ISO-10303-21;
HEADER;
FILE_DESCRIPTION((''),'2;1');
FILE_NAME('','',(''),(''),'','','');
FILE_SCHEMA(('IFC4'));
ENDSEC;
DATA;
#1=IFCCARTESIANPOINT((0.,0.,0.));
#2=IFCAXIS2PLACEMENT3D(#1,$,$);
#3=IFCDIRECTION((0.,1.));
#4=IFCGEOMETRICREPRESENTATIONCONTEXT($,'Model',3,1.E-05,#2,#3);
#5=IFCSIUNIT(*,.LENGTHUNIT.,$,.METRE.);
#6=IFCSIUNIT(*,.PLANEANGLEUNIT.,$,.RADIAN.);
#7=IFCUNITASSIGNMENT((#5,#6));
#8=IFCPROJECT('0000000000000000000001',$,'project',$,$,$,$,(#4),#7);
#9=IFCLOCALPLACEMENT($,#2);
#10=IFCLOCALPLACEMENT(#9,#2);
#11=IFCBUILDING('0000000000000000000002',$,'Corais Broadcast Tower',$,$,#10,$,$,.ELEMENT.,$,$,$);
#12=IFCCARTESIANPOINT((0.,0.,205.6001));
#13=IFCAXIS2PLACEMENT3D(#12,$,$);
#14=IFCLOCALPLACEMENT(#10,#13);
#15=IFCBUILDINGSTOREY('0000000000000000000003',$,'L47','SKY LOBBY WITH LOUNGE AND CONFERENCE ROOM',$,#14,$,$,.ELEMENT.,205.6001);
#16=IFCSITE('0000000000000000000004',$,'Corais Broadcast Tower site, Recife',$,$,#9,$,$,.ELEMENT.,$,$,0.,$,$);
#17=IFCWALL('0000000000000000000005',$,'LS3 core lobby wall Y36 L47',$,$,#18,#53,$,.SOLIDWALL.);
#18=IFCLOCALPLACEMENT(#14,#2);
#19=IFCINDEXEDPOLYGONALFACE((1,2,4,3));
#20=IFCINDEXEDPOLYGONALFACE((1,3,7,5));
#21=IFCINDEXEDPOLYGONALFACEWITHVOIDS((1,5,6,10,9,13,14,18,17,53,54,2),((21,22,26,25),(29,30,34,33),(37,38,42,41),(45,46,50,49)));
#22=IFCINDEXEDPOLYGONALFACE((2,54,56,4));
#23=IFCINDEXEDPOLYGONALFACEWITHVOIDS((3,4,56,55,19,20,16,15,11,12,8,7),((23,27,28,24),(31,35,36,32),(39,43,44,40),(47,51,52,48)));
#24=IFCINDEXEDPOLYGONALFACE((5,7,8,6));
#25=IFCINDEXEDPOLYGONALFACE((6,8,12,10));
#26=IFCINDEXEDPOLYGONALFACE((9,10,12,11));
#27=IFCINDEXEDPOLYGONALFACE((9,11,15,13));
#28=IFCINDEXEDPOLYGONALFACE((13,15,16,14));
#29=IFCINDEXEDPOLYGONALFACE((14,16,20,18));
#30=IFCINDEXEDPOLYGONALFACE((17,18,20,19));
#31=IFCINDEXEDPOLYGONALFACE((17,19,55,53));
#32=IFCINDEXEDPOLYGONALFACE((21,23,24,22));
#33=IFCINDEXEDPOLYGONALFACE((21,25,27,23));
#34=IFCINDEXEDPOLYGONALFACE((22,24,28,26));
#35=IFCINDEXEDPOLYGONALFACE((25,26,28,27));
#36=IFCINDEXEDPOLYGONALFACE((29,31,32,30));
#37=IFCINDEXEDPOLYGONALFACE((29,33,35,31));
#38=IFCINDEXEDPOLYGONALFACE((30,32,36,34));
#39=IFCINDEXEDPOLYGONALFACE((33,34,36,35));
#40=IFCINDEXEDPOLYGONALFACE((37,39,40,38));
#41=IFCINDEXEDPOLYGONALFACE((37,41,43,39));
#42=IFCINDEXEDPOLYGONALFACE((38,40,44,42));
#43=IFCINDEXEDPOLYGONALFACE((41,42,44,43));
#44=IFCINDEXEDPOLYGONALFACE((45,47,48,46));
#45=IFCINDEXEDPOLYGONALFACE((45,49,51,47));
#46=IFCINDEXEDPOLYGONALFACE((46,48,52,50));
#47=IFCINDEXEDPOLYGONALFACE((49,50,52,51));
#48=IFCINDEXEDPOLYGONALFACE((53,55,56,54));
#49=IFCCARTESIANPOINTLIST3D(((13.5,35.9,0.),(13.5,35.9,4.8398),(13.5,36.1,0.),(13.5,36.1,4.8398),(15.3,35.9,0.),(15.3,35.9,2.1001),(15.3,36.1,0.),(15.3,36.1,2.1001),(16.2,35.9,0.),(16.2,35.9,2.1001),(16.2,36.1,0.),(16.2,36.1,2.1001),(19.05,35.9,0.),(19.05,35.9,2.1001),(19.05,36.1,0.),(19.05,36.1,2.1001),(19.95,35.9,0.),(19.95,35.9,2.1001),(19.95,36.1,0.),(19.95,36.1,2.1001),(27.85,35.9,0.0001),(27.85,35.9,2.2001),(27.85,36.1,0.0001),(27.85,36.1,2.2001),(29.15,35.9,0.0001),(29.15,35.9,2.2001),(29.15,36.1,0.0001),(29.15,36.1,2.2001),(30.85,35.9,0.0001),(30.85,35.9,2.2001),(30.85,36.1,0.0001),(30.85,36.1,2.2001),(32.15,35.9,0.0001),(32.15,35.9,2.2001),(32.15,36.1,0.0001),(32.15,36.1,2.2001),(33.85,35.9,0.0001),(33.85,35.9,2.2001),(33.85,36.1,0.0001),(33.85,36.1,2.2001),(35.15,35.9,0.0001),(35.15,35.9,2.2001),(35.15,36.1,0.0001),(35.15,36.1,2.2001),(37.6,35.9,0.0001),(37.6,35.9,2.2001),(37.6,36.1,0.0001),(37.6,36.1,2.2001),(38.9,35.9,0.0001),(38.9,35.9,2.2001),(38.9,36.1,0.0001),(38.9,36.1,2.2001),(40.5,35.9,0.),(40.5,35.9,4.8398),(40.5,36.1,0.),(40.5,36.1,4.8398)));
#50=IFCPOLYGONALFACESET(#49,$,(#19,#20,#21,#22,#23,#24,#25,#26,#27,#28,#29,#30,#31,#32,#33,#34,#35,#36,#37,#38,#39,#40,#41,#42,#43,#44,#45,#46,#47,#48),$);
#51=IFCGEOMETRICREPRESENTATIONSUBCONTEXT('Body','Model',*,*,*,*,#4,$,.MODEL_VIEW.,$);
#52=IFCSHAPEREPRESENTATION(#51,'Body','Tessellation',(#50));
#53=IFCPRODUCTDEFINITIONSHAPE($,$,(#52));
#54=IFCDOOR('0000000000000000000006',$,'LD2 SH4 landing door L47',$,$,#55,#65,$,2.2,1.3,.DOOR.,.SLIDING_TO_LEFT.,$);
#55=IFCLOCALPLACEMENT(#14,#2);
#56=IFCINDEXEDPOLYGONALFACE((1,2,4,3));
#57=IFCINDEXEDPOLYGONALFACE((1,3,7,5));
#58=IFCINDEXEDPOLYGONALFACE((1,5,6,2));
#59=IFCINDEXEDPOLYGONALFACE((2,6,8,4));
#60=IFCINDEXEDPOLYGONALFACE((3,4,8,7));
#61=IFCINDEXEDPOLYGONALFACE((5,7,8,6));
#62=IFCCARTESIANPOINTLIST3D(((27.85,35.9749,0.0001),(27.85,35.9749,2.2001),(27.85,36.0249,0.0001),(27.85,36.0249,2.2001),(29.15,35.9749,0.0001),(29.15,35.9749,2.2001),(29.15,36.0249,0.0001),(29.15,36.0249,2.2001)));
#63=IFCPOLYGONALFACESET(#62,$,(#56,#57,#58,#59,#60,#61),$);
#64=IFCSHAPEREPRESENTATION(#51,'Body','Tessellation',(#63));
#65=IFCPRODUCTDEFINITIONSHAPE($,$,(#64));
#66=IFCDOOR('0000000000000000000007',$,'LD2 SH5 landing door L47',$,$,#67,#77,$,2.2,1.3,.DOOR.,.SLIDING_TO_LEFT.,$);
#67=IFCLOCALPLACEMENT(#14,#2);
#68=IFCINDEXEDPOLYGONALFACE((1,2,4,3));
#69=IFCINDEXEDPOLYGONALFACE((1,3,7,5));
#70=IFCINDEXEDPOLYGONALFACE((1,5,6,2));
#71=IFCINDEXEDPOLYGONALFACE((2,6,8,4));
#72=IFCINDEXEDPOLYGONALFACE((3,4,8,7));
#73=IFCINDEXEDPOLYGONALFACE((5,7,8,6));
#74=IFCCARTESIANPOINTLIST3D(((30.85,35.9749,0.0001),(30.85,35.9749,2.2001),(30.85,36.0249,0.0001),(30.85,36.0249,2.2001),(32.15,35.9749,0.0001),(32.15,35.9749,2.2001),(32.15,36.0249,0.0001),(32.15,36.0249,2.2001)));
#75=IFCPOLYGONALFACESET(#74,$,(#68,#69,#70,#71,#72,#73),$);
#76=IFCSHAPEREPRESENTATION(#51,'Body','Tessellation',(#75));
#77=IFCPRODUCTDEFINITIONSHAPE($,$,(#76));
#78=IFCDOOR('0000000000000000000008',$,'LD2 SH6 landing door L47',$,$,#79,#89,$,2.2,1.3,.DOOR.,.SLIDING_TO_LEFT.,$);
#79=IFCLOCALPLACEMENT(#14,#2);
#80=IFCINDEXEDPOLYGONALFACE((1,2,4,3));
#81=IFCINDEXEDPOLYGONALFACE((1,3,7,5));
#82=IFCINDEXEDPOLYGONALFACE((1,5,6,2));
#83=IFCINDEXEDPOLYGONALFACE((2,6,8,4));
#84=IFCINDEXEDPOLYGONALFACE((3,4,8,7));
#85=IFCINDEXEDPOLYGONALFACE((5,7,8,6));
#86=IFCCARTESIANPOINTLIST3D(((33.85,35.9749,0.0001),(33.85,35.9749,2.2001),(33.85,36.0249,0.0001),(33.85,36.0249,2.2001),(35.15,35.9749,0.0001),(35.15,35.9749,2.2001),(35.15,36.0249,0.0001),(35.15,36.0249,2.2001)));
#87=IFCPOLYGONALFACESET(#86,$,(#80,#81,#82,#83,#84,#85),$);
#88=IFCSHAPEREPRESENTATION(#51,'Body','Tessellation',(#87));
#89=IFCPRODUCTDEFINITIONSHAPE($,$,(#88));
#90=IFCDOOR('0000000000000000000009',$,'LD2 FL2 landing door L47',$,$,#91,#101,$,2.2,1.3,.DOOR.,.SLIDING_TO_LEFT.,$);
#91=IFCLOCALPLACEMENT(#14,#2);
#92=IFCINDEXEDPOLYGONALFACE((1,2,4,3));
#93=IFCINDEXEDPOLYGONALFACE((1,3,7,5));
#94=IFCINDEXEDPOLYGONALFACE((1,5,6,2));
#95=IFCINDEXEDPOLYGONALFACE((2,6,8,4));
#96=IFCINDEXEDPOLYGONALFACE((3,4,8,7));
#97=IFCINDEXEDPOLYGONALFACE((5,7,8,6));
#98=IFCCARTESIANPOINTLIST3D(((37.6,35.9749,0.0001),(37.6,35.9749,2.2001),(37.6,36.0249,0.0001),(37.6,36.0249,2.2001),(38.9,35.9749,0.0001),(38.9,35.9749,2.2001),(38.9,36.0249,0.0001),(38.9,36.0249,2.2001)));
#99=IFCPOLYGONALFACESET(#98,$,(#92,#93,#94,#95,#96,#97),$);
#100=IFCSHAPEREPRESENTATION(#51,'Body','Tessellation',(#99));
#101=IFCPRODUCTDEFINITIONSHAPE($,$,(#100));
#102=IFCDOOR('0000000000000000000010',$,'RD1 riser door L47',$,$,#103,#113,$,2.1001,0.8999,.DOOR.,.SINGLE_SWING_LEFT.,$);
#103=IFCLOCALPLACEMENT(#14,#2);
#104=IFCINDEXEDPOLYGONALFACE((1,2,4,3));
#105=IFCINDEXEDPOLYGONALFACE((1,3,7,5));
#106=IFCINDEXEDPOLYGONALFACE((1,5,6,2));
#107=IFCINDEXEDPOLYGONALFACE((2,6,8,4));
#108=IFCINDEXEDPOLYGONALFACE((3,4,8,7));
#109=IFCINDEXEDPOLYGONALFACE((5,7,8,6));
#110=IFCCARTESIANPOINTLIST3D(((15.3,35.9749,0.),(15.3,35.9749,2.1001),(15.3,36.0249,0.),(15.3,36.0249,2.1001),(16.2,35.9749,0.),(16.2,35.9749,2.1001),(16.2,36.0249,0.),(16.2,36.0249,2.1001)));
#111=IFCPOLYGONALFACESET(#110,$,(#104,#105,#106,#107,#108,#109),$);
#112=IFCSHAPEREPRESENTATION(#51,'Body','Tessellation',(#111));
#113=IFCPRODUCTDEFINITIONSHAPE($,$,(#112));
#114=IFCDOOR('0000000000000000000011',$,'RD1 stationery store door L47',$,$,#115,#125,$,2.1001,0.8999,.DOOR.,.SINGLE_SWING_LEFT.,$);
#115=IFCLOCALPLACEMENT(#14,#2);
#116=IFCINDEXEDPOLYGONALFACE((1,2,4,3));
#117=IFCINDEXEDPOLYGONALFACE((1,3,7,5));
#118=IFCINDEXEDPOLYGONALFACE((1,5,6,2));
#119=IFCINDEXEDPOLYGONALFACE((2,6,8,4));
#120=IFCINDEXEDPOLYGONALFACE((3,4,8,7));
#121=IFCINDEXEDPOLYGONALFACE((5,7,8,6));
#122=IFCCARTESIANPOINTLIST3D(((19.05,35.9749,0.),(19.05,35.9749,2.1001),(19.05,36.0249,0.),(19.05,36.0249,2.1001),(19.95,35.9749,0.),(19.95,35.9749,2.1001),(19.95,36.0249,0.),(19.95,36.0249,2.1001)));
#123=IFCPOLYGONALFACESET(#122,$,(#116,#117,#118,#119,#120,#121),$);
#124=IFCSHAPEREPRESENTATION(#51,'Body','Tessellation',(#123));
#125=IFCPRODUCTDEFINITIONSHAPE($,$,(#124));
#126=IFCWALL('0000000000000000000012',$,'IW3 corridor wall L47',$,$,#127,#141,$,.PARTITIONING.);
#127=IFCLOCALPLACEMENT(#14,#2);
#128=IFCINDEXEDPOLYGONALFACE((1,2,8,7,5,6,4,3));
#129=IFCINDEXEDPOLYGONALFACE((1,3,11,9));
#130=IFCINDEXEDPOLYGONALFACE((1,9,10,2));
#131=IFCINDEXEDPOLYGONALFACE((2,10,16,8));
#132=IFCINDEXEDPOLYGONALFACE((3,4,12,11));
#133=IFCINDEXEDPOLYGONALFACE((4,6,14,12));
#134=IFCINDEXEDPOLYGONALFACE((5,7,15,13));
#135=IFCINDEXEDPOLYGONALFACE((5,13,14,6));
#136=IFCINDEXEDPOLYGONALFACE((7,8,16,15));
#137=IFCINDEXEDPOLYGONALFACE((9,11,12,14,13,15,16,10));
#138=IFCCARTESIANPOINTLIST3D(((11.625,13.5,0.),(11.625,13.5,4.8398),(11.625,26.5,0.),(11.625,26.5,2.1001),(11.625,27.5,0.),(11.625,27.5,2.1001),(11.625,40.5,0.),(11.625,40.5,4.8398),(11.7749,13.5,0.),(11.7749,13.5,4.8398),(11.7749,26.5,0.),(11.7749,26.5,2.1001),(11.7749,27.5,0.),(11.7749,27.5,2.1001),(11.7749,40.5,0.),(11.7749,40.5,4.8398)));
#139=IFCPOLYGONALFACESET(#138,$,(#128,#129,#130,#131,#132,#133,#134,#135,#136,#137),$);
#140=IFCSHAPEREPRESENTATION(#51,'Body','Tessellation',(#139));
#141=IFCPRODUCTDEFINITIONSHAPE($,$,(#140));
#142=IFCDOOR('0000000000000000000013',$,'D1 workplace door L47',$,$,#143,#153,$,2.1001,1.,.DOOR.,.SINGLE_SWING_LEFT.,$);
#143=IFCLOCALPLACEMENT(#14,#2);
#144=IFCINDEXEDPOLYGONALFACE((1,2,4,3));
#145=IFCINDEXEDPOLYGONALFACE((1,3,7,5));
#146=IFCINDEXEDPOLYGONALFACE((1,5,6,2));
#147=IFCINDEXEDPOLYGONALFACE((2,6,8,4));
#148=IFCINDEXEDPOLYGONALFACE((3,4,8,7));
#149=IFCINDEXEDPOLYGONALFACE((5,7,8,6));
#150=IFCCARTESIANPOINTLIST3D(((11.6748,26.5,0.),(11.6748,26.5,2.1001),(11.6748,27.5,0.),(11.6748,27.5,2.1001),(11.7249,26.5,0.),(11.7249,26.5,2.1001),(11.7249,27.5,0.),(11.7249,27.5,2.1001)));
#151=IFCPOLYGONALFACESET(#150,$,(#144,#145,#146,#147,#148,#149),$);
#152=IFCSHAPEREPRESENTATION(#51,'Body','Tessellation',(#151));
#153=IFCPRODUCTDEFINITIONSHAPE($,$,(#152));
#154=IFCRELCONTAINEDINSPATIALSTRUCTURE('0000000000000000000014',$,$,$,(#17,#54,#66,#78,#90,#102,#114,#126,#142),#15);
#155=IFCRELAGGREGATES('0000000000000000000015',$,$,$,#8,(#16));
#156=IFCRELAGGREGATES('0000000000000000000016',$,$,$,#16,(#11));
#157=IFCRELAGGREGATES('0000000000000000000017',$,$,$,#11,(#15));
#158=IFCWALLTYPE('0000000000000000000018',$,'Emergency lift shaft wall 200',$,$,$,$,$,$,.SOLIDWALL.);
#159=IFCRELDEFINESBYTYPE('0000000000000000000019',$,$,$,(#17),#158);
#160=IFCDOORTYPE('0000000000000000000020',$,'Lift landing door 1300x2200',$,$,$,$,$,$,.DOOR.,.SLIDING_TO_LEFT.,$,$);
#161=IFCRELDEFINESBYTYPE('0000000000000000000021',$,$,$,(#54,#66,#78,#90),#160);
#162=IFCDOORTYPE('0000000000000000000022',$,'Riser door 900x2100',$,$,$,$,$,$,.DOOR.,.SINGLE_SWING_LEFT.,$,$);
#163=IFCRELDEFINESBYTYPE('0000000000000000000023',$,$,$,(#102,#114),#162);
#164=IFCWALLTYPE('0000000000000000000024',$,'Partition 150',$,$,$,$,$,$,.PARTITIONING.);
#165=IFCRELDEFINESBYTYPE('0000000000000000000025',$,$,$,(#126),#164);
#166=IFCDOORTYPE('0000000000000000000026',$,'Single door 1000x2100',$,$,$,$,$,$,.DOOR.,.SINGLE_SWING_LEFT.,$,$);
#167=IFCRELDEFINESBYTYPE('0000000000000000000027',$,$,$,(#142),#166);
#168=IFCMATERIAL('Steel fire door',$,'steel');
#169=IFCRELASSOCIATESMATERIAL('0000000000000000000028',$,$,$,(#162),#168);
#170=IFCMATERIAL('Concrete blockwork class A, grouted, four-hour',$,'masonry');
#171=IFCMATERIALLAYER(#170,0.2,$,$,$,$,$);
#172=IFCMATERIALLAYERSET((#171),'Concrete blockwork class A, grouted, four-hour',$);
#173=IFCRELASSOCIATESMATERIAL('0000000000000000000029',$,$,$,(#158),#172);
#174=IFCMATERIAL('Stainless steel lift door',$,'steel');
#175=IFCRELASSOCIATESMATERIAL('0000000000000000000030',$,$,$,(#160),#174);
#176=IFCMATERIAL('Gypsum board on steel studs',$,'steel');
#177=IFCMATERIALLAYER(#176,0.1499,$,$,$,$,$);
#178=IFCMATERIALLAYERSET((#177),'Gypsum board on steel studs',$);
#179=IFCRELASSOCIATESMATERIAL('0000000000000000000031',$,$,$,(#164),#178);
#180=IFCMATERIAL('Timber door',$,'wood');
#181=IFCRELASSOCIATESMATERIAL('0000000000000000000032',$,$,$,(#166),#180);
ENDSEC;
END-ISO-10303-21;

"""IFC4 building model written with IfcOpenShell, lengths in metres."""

from ifc_helpers import new_model, si_unit, direction, frame, frame_2d, origin, place, context, subcontext, project, spatial, rectangle, extrude, material, layer, layer_set, type_object, element, fill, save


model = new_model("IFC4")

# Units and contexts
model_context = context("Model", 3, precision=1e-05, world=origin(), true_north=direction((0.0, 1.0)))
body_context = subcontext(model_context, "Body", "Model", "MODEL_VIEW")
ifc_project = project(units=[si_unit("LENGTHUNIT", "METRE"), si_unit("PLANEANGLEUNIT", "RADIAN")], contexts=[model_context])

# Site, building, storey
site_placement = place(None, origin())
site = spatial("IfcSite", under=ifc_project, at=site_placement, Name="Corais Broadcast Tower site, Recife", CompositionType="ELEMENT", RefElevation=0.0)
building_placement = place(site_placement, origin())
building = spatial("IfcBuilding", under=site, at=building_placement, Name="Corais Broadcast Tower", CompositionType="ELEMENT")
storey_placement = place(building_placement, frame((0.0, 0.0, 205.6001)))
storey = spatial("IfcBuildingStorey", under=building, at=storey_placement, Name="L47", Description="SKY LOBBY WITH LOUNGE AND CONFERENCE ROOM", CompositionType="ELEMENT", Elevation=205.6001)

# Wall, openings, doors
ifc_material_1 = material(Name="Steel fire door", Category="steel")
door_type_1 = type_object("IfcDoorType", Name="Riser door 900x2100", OperationType="SINGLE_SWING_LEFT", PredefinedType="DOOR", material=ifc_material_1)
ifc_material_2 = material(Name="Concrete blockwork class A, grouted, four-hour", Category="masonry")
ifc_layer_1 = layer(ifc_material_2, 0.2)
ifc_layer_set_1 = layer_set([ifc_layer_1], Name="Concrete blockwork class A, grouted, four-hour")
wall_type_1 = type_object("IfcWallType", Name="Emergency lift shaft wall 200", PredefinedType="SOLIDWALL", material=ifc_layer_set_1)
wall_1_placement = place(storey_placement, frame((13.5, 36.0, 0.0), z_axis=(0.0, 0.0, 1.0), x_axis=(1.0, 0.0, 0.0)))
wall_1 = element("IfcWall", 1, at=wall_1_placement, inside=storey, type_object=wall_type_1, Name="LS3 core lobby wall Y36 L47", PredefinedType="SOLIDWALL", context=body_context, shape_type="SweptSolid", body=[
    extrude(rectangle(XDim=27.0, YDim=0.2, at=frame_2d((13.5, 0.0))), origin(), (0.0, 0.0, 1.0), 4.8398),
])
opening_1_placement = place(wall_1_placement, frame((1.8, 0.0, 0.0)))
opening_1 = element("IfcOpeningElement", 2, at=opening_1_placement, cuts=wall_1, PredefinedType="OPENING", context=body_context, shape_type="SweptSolid", body=[
    extrude(rectangle(XDim=0.8999, YDim=2.1001, at=frame_2d((0.45, 1.05))), frame((0.0, 0.1099, 0.0), z_axis=(0.0, -1.0, 0.0), x_axis=(1.0, 0.0, 0.0)), (0.0, 0.0, 1.0), 0.22),
])
opening_2_placement = place(wall_1_placement, frame((5.55, 0.0, 0.0)))
opening_2 = element("IfcOpeningElement", 3, at=opening_2_placement, cuts=wall_1, PredefinedType="OPENING", context=body_context, shape_type="SweptSolid", body=[
    extrude(rectangle(XDim=0.8999, YDim=2.1001, at=frame_2d((0.45, 1.05))), frame((0.0, 0.1099, 0.0), z_axis=(0.0, -1.0, 0.0), x_axis=(1.0, 0.0, 0.0)), (0.0, 0.0, 1.0), 0.22),
])
opening_3_placement = place(wall_1_placement, frame((14.3501, 0.0, 0.0)))
opening_3 = element("IfcOpeningElement", 4, at=opening_3_placement, cuts=wall_1, PredefinedType="OPENING", context=body_context, shape_type="SweptSolid", body=[
    extrude(rectangle(XDim=1.3, YDim=2.2, at=frame_2d((0.6499, 1.1001))), frame((0.0, 0.1099, 0.0), z_axis=(0.0, -1.0, 0.0), x_axis=(1.0, 0.0, 0.0)), (0.0, 0.0, 1.0), 0.22),
])
opening_4_placement = place(wall_1_placement, frame((17.3501, 0.0, 0.0)))
opening_4 = element("IfcOpeningElement", 5, at=opening_4_placement, cuts=wall_1, PredefinedType="OPENING", context=body_context, shape_type="SweptSolid", body=[
    extrude(rectangle(XDim=1.3, YDim=2.2, at=frame_2d((0.6499, 1.1001))), frame((0.0, 0.1099, 0.0), z_axis=(0.0, -1.0, 0.0), x_axis=(1.0, 0.0, 0.0)), (0.0, 0.0, 1.0), 0.22),
])
opening_5_placement = place(wall_1_placement, frame((20.3501, 0.0, 0.0)))
opening_5 = element("IfcOpeningElement", 6, at=opening_5_placement, cuts=wall_1, PredefinedType="OPENING", context=body_context, shape_type="SweptSolid", body=[
    extrude(rectangle(XDim=1.3, YDim=2.2, at=frame_2d((0.6499, 1.1001))), frame((0.0, 0.1099, 0.0), z_axis=(0.0, -1.0, 0.0), x_axis=(1.0, 0.0, 0.0)), (0.0, 0.0, 1.0), 0.22),
])
opening_6_placement = place(wall_1_placement, frame((24.1001, 0.0, 0.0)))
opening_6 = element("IfcOpeningElement", 7, at=opening_6_placement, cuts=wall_1, PredefinedType="OPENING", context=body_context, shape_type="SweptSolid", body=[
    extrude(rectangle(XDim=1.3, YDim=2.2, at=frame_2d((0.6499, 1.1001))), frame((0.0, 0.1099, 0.0), z_axis=(0.0, -1.0, 0.0), x_axis=(1.0, 0.0, 0.0)), (0.0, 0.0, 1.0), 0.22),
])
ifc_material_3 = material(Name="Stainless steel lift door", Category="steel")
door_type_2 = type_object("IfcDoorType", Name="Lift landing door 1300x2200", OperationType="SLIDING_TO_LEFT", PredefinedType="DOOR", material=ifc_material_3)
door_1_placement = place(opening_3_placement, origin())
door_1 = element("IfcDoor", 8, at=door_1_placement, inside=storey, type_object=door_type_2, Name="LD2 SH4 landing door L47", OperationType="SLIDING_TO_LEFT", OverallHeight=2.2, OverallWidth=1.3, PredefinedType="DOOR", context=body_context, shape_type="SweptSolid", body=[
    extrude(rectangle(XDim=1.3, YDim=2.2, at=frame_2d((0.6499, 1.1001))), frame((0.0, 0.0249, 0.0), z_axis=(0.0, -1.0, 0.0), x_axis=(1.0, 0.0, 0.0)), (0.0, 0.0, 1.0), 0.05),
])
fill(opening_3, door_1)
door_2_placement = place(opening_4_placement, origin())
door_2 = element("IfcDoor", 9, at=door_2_placement, inside=storey, type_object=door_type_2, Name="LD2 SH5 landing door L47", OperationType="SLIDING_TO_LEFT", OverallHeight=2.2, OverallWidth=1.3, PredefinedType="DOOR", context=body_context, shape_type="SweptSolid", body=[
    extrude(rectangle(XDim=1.3, YDim=2.2, at=frame_2d((0.6499, 1.1001))), frame((0.0, 0.0249, 0.0), z_axis=(0.0, -1.0, 0.0), x_axis=(1.0, 0.0, 0.0)), (0.0, 0.0, 1.0), 0.05),
])
fill(opening_4, door_2)
door_3_placement = place(opening_5_placement, origin())
door_3 = element("IfcDoor", 10, at=door_3_placement, inside=storey, type_object=door_type_2, Name="LD2 SH6 landing door L47", OperationType="SLIDING_TO_LEFT", OverallHeight=2.2, OverallWidth=1.3, PredefinedType="DOOR", context=body_context, shape_type="SweptSolid", body=[
    extrude(rectangle(XDim=1.3, YDim=2.2, at=frame_2d((0.6499, 1.1001))), frame((0.0, 0.0249, 0.0), z_axis=(0.0, -1.0, 0.0), x_axis=(1.0, 0.0, 0.0)), (0.0, 0.0, 1.0), 0.05),
])
fill(opening_5, door_3)
door_4_placement = place(opening_6_placement, origin())
door_4 = element("IfcDoor", 11, at=door_4_placement, inside=storey, type_object=door_type_2, Name="LD2 FL2 landing door L47", OperationType="SLIDING_TO_LEFT", OverallHeight=2.2, OverallWidth=1.3, PredefinedType="DOOR", context=body_context, shape_type="SweptSolid", body=[
    extrude(rectangle(XDim=1.3, YDim=2.2, at=frame_2d((0.6499, 1.1001))), frame((0.0, 0.0249, 0.0), z_axis=(0.0, -1.0, 0.0), x_axis=(1.0, 0.0, 0.0)), (0.0, 0.0, 1.0), 0.05),
])
fill(opening_6, door_4)
door_5_placement = place(opening_1_placement, origin())
door_5 = element("IfcDoor", 12, at=door_5_placement, inside=storey, type_object=door_type_1, Name="RD1 riser door L47", OperationType="SINGLE_SWING_LEFT", OverallHeight=2.1001, OverallWidth=0.8999, PredefinedType="DOOR", context=body_context, shape_type="SweptSolid", body=[
    extrude(rectangle(XDim=0.8999, YDim=2.1001, at=frame_2d((0.45, 1.05))), frame((0.0, 0.0249, 0.0), z_axis=(0.0, -1.0, 0.0), x_axis=(1.0, 0.0, 0.0)), (0.0, 0.0, 1.0), 0.05),
])
fill(opening_1, door_5)
door_6_placement = place(opening_2_placement, origin())
door_6 = element("IfcDoor", 13, at=door_6_placement, inside=storey, type_object=door_type_1, Name="RD1 stationery store door L47", OperationType="SINGLE_SWING_LEFT", OverallHeight=2.1001, OverallWidth=0.8999, PredefinedType="DOOR", context=body_context, shape_type="SweptSolid", body=[
    extrude(rectangle(XDim=0.8999, YDim=2.1001, at=frame_2d((0.45, 1.05))), frame((0.0, 0.0249, 0.0), z_axis=(0.0, -1.0, 0.0), x_axis=(1.0, 0.0, 0.0)), (0.0, 0.0, 1.0), 0.05),
])
fill(opening_2, door_6)

# Wall, opening, door
ifc_material_4 = material(Name="Gypsum board on steel studs", Category="steel")
ifc_layer_2 = layer(ifc_material_4, 0.1499)
ifc_layer_set_2 = layer_set([ifc_layer_2], Name="Gypsum board on steel studs")
wall_type_2 = type_object("IfcWallType", Name="Partition 150", PredefinedType="PARTITIONING", material=ifc_layer_set_2)
wall_2_placement = place(storey_placement, frame((11.7, 40.5, 0.0), z_axis=(0.0, 0.0, 1.0), x_axis=(0.0, -1.0, 0.0)))
wall_2 = element("IfcWall", 14, at=wall_2_placement, inside=storey, type_object=wall_type_2, Name="IW3 corridor wall L47", PredefinedType="PARTITIONING", context=body_context, shape_type="SweptSolid", body=[
    extrude(rectangle(XDim=27.0, YDim=0.1499, at=frame_2d((13.5, 0.0))), origin(), (0.0, 0.0, 1.0), 4.8398),
])
opening_7_placement = place(wall_2_placement, frame((13.0, 0.0, 0.0)))
opening_7 = element("IfcOpeningElement", 15, at=opening_7_placement, cuts=wall_2, PredefinedType="OPENING", context=body_context, shape_type="SweptSolid", body=[
    extrude(rectangle(XDim=1.0, YDim=2.1001, at=frame_2d((0.5, 1.05))), frame((0.0, 0.085, 0.0), z_axis=(0.0, -1.0, 0.0), x_axis=(1.0, 0.0, 0.0)), (0.0, 0.0, 1.0), 0.1699),
])
ifc_material_5 = material(Name="Timber door", Category="wood")
door_type_3 = type_object("IfcDoorType", Name="Single door 1000x2100", OperationType="SINGLE_SWING_LEFT", PredefinedType="DOOR", material=ifc_material_5)
door_7_placement = place(opening_7_placement, origin())
door_7 = element("IfcDoor", 16, at=door_7_placement, inside=storey, type_object=door_type_3, Name="D1 workplace door L47", OperationType="SINGLE_SWING_LEFT", OverallHeight=2.1001, OverallWidth=1.0, PredefinedType="DOOR", context=body_context, shape_type="SweptSolid", body=[
    extrude(rectangle(XDim=1.0, YDim=2.1001, at=frame_2d((0.5, 1.05))), frame((0.0, 0.0249, 0.0), z_axis=(0.0, -1.0, 0.0), x_axis=(1.0, 0.0, 0.0)), (0.0, 0.0, 1.0), 0.05),
])
fill(opening_7, door_7)

save(model, "model.ifc")
